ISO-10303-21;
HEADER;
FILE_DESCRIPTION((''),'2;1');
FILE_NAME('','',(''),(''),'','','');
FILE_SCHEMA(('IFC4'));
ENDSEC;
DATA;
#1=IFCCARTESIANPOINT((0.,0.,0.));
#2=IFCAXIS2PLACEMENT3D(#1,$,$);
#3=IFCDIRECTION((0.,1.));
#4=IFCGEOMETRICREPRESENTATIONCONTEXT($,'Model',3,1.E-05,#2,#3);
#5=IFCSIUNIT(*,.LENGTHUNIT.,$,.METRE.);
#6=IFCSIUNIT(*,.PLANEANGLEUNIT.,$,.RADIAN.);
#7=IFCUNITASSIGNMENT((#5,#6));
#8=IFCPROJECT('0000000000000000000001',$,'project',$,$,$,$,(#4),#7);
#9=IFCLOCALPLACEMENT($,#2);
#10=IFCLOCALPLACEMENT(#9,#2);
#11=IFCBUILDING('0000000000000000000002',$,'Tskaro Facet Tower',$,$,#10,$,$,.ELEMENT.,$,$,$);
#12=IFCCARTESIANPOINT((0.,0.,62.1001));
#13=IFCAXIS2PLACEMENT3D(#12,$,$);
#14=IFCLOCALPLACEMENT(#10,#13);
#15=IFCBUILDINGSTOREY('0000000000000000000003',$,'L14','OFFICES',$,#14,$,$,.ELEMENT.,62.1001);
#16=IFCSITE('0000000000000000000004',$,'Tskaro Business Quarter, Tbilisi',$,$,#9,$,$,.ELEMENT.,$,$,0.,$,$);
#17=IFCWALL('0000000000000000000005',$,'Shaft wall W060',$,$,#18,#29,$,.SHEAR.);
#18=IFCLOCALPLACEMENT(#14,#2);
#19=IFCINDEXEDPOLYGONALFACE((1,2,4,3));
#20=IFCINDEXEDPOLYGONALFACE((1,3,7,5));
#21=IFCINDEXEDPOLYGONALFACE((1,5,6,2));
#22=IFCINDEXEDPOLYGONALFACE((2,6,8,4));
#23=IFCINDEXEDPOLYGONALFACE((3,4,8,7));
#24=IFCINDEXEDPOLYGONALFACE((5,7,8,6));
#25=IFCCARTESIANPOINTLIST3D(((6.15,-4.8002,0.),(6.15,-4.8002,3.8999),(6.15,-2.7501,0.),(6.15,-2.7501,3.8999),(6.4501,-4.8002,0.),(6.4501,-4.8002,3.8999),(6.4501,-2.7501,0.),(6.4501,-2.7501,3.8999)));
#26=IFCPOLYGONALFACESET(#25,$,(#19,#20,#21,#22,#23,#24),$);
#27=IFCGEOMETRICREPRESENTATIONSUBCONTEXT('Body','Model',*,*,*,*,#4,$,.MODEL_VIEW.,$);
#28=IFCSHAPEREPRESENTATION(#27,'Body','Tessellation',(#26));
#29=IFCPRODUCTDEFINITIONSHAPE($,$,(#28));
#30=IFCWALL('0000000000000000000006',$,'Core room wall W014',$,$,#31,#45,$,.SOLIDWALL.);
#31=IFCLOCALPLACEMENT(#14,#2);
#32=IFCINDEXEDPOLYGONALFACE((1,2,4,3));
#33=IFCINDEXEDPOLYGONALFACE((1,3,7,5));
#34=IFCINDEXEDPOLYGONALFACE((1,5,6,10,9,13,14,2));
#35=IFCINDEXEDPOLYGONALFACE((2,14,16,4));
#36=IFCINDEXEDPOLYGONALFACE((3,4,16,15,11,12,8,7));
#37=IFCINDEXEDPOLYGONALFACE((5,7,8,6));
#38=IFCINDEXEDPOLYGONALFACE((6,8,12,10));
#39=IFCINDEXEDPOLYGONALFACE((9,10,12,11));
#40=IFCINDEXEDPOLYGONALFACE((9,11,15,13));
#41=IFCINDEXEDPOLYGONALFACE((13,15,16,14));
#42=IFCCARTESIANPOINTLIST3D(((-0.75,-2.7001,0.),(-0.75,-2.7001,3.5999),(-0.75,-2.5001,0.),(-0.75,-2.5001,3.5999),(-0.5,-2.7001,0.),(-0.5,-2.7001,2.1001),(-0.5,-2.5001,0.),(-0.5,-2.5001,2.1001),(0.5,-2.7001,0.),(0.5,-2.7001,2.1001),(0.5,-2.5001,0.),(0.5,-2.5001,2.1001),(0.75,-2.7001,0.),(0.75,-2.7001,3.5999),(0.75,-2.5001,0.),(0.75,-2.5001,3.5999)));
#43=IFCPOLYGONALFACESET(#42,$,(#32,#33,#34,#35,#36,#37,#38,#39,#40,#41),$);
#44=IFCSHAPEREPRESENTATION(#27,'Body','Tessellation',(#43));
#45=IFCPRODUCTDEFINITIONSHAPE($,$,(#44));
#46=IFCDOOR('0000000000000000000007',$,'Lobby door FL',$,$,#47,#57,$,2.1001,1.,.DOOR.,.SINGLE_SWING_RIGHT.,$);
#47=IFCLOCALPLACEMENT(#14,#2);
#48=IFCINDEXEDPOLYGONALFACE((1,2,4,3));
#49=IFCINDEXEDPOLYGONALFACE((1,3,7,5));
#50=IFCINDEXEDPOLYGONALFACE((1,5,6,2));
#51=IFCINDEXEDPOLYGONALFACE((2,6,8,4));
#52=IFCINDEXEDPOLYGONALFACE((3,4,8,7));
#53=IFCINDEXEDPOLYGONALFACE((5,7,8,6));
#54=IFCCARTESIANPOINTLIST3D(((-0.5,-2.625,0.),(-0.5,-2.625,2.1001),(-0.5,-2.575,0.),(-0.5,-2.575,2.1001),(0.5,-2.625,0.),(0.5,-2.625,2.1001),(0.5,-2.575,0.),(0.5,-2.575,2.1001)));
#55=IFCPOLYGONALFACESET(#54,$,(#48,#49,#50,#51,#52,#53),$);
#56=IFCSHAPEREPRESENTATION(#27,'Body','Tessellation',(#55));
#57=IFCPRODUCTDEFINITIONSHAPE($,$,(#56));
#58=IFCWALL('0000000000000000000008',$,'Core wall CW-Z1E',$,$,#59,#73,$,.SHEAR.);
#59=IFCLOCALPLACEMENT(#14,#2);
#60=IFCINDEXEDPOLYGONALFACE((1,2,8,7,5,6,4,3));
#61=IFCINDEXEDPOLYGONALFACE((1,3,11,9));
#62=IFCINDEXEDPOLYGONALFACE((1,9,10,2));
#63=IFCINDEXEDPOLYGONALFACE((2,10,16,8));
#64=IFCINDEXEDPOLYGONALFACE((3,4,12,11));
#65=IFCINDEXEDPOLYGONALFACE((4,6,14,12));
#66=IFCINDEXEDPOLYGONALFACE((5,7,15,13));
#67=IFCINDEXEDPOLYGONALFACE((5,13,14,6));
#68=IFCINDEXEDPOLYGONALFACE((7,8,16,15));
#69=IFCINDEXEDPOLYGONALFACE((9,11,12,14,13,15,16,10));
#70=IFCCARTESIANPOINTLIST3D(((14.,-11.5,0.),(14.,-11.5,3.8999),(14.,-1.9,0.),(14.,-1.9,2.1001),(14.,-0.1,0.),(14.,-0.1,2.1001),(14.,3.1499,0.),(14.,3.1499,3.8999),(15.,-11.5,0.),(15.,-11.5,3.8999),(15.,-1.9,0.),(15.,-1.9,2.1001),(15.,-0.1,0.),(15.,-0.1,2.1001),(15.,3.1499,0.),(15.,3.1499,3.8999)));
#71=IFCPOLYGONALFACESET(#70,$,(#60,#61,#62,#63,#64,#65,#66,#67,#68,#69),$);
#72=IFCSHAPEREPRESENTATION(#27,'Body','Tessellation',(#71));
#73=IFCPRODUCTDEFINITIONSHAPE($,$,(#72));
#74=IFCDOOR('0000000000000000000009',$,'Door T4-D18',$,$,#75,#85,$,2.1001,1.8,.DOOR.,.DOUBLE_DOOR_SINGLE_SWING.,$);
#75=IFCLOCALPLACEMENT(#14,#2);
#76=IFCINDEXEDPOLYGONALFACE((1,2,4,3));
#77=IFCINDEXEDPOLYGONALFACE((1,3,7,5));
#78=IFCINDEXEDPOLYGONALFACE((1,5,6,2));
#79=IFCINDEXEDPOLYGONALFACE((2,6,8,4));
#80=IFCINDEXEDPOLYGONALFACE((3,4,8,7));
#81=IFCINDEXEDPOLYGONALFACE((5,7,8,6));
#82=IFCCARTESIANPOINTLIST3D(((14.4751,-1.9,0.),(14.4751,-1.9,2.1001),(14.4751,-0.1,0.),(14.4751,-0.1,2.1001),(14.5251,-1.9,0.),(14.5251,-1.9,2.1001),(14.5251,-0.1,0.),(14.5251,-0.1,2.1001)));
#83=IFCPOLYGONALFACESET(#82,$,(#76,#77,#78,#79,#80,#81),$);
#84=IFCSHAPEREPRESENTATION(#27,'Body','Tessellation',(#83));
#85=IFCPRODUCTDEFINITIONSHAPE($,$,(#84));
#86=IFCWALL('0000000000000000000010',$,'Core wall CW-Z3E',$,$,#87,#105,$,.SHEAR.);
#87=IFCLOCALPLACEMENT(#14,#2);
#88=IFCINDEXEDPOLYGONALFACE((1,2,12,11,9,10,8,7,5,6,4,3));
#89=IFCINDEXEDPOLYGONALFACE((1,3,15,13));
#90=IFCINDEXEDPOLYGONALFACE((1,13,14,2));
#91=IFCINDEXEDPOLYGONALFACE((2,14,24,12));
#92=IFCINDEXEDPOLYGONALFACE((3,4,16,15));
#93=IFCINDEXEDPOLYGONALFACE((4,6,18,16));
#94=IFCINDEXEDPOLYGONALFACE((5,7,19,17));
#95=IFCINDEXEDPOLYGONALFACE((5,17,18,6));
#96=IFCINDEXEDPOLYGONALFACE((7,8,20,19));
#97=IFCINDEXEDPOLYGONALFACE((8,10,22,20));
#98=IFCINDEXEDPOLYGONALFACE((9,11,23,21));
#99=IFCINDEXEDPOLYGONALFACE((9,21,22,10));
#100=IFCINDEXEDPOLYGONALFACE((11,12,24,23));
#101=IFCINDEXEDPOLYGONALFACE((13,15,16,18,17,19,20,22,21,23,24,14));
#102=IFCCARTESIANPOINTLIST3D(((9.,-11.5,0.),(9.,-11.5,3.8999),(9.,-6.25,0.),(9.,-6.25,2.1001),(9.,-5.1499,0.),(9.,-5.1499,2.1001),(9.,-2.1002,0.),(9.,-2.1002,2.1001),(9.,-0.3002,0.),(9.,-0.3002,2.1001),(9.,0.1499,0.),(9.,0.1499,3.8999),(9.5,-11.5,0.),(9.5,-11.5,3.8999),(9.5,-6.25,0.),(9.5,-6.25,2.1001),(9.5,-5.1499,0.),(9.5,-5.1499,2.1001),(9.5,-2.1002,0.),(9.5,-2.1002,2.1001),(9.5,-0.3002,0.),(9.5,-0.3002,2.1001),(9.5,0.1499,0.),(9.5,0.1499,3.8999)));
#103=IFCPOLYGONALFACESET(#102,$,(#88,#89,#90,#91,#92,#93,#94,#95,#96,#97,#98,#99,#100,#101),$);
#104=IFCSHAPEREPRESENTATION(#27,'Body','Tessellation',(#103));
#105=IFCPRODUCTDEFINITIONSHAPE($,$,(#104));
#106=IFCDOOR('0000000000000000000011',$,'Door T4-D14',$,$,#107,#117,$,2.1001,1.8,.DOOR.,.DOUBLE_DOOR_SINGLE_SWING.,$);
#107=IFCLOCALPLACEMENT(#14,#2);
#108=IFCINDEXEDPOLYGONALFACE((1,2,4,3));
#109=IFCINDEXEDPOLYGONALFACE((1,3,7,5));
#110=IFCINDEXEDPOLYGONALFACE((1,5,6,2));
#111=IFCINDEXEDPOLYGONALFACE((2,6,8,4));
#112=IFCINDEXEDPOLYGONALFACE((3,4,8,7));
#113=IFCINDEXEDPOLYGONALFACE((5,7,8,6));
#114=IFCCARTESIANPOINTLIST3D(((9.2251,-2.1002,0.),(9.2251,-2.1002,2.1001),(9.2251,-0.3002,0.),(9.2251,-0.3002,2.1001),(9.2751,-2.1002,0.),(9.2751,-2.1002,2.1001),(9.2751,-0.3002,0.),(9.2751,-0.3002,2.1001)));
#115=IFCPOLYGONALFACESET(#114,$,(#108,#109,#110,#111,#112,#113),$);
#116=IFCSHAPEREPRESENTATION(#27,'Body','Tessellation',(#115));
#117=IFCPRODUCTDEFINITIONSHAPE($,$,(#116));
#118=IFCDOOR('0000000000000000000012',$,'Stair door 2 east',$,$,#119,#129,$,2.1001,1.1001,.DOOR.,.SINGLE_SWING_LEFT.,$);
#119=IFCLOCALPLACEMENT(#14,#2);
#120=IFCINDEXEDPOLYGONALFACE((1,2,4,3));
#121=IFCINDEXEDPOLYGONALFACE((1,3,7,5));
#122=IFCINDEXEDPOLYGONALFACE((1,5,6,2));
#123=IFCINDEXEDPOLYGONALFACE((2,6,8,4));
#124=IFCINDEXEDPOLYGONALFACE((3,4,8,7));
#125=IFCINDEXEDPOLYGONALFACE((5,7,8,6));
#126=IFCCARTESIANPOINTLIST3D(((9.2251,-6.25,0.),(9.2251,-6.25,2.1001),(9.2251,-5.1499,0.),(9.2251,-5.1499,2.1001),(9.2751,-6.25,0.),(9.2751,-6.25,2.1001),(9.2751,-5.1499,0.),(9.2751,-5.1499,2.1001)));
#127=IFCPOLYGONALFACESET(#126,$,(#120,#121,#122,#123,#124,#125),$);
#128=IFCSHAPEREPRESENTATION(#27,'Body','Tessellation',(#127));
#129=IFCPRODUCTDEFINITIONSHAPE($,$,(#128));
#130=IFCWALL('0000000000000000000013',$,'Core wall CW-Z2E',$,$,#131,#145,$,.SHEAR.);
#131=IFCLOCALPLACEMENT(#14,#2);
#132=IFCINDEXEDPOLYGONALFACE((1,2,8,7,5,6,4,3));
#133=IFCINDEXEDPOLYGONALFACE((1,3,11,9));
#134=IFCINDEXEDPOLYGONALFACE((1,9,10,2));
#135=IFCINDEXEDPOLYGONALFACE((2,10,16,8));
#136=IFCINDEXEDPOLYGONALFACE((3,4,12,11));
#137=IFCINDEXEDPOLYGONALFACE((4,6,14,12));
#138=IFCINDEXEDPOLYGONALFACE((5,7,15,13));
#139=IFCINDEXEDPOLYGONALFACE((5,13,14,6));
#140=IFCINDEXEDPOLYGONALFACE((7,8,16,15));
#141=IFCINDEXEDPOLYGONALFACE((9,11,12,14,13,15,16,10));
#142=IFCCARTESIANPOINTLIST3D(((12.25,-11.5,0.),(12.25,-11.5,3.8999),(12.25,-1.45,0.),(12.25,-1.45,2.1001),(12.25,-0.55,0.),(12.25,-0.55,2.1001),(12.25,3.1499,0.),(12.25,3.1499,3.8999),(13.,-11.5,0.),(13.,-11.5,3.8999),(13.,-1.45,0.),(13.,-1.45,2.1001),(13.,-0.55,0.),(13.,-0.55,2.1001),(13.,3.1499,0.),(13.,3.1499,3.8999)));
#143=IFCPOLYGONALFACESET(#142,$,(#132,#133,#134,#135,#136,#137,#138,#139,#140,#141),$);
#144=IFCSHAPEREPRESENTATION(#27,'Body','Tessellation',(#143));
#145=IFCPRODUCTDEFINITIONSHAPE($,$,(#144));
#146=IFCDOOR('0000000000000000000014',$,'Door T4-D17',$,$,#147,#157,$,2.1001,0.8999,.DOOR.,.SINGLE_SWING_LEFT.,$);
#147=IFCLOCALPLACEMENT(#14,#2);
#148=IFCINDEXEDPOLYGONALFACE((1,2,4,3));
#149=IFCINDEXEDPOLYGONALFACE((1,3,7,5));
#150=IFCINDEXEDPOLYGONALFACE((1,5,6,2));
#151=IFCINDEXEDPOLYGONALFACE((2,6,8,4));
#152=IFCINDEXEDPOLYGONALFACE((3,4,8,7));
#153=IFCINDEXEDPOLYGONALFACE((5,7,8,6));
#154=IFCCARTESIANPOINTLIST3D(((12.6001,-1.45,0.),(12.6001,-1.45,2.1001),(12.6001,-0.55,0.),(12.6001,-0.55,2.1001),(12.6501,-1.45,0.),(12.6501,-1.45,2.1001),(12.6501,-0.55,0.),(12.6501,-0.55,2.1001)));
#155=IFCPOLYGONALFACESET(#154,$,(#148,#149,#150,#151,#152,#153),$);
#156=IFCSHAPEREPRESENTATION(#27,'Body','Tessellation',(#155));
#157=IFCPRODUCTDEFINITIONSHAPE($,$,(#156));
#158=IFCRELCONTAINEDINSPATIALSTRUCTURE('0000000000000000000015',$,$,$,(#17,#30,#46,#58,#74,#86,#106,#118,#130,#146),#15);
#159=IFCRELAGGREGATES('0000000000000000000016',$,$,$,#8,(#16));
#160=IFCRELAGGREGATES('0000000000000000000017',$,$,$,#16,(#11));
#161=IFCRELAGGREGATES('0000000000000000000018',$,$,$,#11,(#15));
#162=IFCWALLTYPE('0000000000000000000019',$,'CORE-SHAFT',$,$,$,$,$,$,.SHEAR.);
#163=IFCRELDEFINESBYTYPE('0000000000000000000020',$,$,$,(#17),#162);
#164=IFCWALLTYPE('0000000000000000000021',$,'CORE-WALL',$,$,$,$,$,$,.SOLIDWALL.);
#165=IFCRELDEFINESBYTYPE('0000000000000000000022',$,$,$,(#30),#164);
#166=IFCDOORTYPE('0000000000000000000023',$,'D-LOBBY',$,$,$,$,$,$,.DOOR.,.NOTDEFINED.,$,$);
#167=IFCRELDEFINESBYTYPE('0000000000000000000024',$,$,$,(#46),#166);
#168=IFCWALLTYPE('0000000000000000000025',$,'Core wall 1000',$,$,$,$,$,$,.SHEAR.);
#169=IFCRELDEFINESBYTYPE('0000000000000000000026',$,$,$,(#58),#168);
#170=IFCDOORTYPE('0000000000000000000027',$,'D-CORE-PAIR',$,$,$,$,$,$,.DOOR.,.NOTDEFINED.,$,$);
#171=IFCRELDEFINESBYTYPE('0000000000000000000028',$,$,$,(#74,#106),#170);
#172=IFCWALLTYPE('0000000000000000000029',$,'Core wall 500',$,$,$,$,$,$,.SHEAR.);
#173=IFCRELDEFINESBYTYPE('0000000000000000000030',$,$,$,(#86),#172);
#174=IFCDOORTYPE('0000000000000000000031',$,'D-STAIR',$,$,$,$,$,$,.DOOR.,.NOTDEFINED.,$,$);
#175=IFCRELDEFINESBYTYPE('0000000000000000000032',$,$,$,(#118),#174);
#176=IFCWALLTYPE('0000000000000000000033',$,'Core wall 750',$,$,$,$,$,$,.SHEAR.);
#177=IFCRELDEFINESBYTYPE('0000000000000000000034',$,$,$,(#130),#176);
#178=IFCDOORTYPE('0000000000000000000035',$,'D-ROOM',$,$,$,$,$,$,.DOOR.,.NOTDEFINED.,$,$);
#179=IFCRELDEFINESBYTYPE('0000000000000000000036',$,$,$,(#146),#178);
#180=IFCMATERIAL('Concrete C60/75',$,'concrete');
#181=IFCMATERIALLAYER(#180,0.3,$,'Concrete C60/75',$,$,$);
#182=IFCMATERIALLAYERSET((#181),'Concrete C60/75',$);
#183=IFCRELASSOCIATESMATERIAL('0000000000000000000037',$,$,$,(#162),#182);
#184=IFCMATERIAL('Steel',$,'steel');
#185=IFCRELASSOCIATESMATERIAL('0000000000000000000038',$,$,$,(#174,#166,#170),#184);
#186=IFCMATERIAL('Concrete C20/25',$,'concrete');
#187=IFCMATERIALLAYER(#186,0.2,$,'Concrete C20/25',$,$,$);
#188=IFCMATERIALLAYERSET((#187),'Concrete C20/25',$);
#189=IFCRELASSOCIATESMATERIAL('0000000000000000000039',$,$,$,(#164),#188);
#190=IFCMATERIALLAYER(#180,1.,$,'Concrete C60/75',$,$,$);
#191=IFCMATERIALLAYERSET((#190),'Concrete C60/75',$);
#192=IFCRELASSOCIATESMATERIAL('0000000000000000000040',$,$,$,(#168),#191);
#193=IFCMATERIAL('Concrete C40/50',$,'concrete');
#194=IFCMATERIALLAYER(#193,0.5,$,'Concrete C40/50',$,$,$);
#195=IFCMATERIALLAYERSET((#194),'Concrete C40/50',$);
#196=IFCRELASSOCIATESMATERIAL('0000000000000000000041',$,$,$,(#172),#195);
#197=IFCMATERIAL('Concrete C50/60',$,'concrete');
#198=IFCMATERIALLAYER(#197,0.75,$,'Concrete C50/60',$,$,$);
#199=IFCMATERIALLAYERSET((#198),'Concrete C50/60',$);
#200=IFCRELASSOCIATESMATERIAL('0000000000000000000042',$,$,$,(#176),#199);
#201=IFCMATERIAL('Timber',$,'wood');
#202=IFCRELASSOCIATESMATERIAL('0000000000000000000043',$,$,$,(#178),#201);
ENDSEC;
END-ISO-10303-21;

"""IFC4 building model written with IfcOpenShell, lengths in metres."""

from ifc_helpers import new_model, si_unit, direction, frame, frame_2d, origin, place, context, subcontext, project, spatial, rectangle, extrude, material, layer, layer_set, type_object, element, fill, save


model = new_model("IFC4")

# Units and contexts
model_context = context("Model", 3, precision=1e-05, world=origin(), true_north=direction((0.0, 1.0)))
body_context = subcontext(model_context, "Body", "Model", "MODEL_VIEW")
ifc_project = project(units=[si_unit("LENGTHUNIT", "METRE"), si_unit("PLANEANGLEUNIT", "RADIAN")], contexts=[model_context])

# Site, building, storey
site_placement = place(None, origin())
site = spatial("IfcSite", under=ifc_project, at=site_placement, Name="Tskaro Business Quarter, Tbilisi", CompositionType="ELEMENT", RefElevation=0.0)
building_placement = place(site_placement, origin())
building = spatial("IfcBuilding", under=site, at=building_placement, Name="Tskaro Facet Tower", CompositionType="ELEMENT")
storey_placement = place(building_placement, frame((0.0, 0.0, 62.1001)))
storey = spatial("IfcBuildingStorey", under=building, at=storey_placement, Name="L14", Description="OFFICES", CompositionType="ELEMENT", Elevation=62.1001)

# Shared definitions
ifc_material_1 = material(Name="Concrete C60/75", Category="concrete")
ifc_layer_1 = layer(ifc_material_1, 0.3, Name="Concrete C60/75")
ifc_layer_set_1 = layer_set([ifc_layer_1], Name="Concrete C60/75")
wall_type_1 = type_object("IfcWallType", Name="CORE-SHAFT", PredefinedType="SHEAR", material=ifc_layer_set_1)

# Shared definitions
ifc_material_2 = material(Name="Steel", Category="steel")
door_type_1 = type_object("IfcDoorType", Name="D-STAIR", OperationType="NOTDEFINED", PredefinedType="DOOR", material=ifc_material_2)

# Wall
wall_1_placement = place(storey_placement, frame((6.3, -4.8, 0.0), z_axis=(0.0, 0.0, 1.0), x_axis=(0.0, 1.0, 0.0)))
element("IfcWall", 1, at=wall_1_placement, inside=storey, type_object=wall_type_1, Name="Shaft wall W060", PredefinedType="SHEAR", context=body_context, shape_type="SweptSolid", body=[
    extrude(rectangle(XDim=2.05, YDim=0.3, at=frame_2d((1.0249, 0.0))), origin(), (0.0, 0.0, 1.0), 3.8999),
])

# Walls, openings, doors
ifc_material_3 = material(Name="Concrete C20/25", Category="concrete")
ifc_layer_2 = layer(ifc_material_3, 0.2, Name="Concrete C20/25")
ifc_layer_set_2 = layer_set([ifc_layer_2], Name="Concrete C20/25")
wall_type_2 = type_object("IfcWallType", Name="CORE-WALL", PredefinedType="SOLIDWALL", material=ifc_layer_set_2)
wall_2_placement = place(storey_placement, frame((0.75, -2.6001, 0.0), z_axis=(0.0, 0.0, 1.0), x_axis=(-1.0, 0.0, 0.0)))
wall_2 = element("IfcWall", 2, at=wall_2_placement, inside=storey, type_object=wall_type_2, Name="Core room wall W014", PredefinedType="SOLIDWALL", context=body_context, shape_type="SweptSolid", body=[
    extrude(rectangle(XDim=1.5, YDim=0.2, at=frame_2d((0.75, 0.0))), origin(), (0.0, 0.0, 1.0), 3.5999),
])
opening_1_placement = place(wall_2_placement, frame((0.25, 0.0, 0.0)))
opening_1 = element("IfcOpeningElement", 3, at=opening_1_placement, cuts=wall_2, PredefinedType="OPENING", context=body_context, shape_type="SweptSolid", body=[
    extrude(rectangle(XDim=1.0, YDim=2.1001, at=frame_2d((0.5, 1.05))), frame((0.0, 0.1099, 0.0), z_axis=(0.0, -1.0, 0.0), x_axis=(1.0, 0.0, 0.0)), (0.0, 0.0, 1.0), 0.22),
])
door_type_2 = type_object("IfcDoorType", Name="D-LOBBY", OperationType="NOTDEFINED", PredefinedType="DOOR", material=ifc_material_2)
door_1_placement = place(opening_1_placement, origin())
door_1 = element("IfcDoor", 4, at=door_1_placement, inside=storey, type_object=door_type_2, Name="Lobby door FL", OperationType="SINGLE_SWING_RIGHT", OverallHeight=2.1001, OverallWidth=1.0, PredefinedType="DOOR", context=body_context, shape_type="SweptSolid", body=[
    extrude(rectangle(XDim=1.0, YDim=2.1001, at=frame_2d((0.5, 1.05))), frame((0.0, 0.0249, 0.0), z_axis=(0.0, -1.0, 0.0), x_axis=(1.0, 0.0, 0.0)), (0.0, 0.0, 1.0), 0.05),
])
fill(opening_1, door_1)
ifc_layer_3 = layer(ifc_material_1, 1.0, Name="Concrete C60/75")
ifc_layer_set_3 = layer_set([ifc_layer_3], Name="Concrete C60/75")
wall_type_3 = type_object("IfcWallType", Name="Core wall 1000", PredefinedType="SHEAR", material=ifc_layer_set_3)
wall_3_placement = place(storey_placement, frame((14.5, -11.5, 0.0), z_axis=(0.0, 0.0, 1.0), x_axis=(0.0, 1.0, 0.0)))
wall_3 = element("IfcWall", 5, at=wall_3_placement, inside=storey, type_object=wall_type_3, Name="Core wall CW-Z1E", PredefinedType="SHEAR", context=body_context, shape_type="SweptSolid", body=[
    extrude(rectangle(XDim=14.6499, YDim=1.0, at=frame_2d((7.325, 0.0))), origin(), (0.0, 0.0, 1.0), 3.8999),
])
opening_2_placement = place(wall_3_placement, frame((9.6001, 0.0, 0.0)))
opening_2 = element("IfcOpeningElement", 6, at=opening_2_placement, cuts=wall_3, PredefinedType="OPENING", context=body_context, shape_type="SweptSolid", body=[
    extrude(rectangle(XDim=1.8, YDim=2.1001, at=frame_2d((0.8999, 1.05))), frame((0.0, 0.51, 0.0), z_axis=(0.0, -1.0, 0.0), x_axis=(1.0, 0.0, 0.0)), (0.0, 0.0, 1.0), 1.02),
])
door_type_3 = type_object("IfcDoorType", Name="D-CORE-PAIR", OperationType="NOTDEFINED", PredefinedType="DOOR", material=ifc_material_2)
door_2_placement = place(opening_2_placement, origin())
door_2 = element("IfcDoor", 7, at=door_2_placement, inside=storey, type_object=door_type_3, Name="Door T4-D18", OperationType="DOUBLE_DOOR_SINGLE_SWING", OverallHeight=2.1001, OverallWidth=1.8, PredefinedType="DOOR", context=body_context, shape_type="SweptSolid", body=[
    extrude(rectangle(XDim=1.8, YDim=2.1001, at=frame_2d((0.8999, 1.05))), frame((0.0, 0.0249, 0.0), z_axis=(0.0, -1.0, 0.0), x_axis=(1.0, 0.0, 0.0)), (0.0, 0.0, 1.0), 0.05),
])
fill(opening_2, door_2)

# Wall, openings, doors
ifc_material_4 = material(Name="Concrete C40/50", Category="concrete")
ifc_layer_4 = layer(ifc_material_4, 0.5, Name="Concrete C40/50")
ifc_layer_set_4 = layer_set([ifc_layer_4], Name="Concrete C40/50")
wall_type_4 = type_object("IfcWallType", Name="Core wall 500", PredefinedType="SHEAR", material=ifc_layer_set_4)
wall_4_placement = place(storey_placement, frame((9.25, -11.5, 0.0), z_axis=(0.0, 0.0, 1.0), x_axis=(0.0, 1.0, 0.0)))
wall_4 = element("IfcWall", 8, at=wall_4_placement, inside=storey, type_object=wall_type_4, Name="Core wall CW-Z3E", PredefinedType="SHEAR", context=body_context, shape_type="SweptSolid", body=[
    extrude(rectangle(XDim=11.6499, YDim=0.5, at=frame_2d((5.825, 0.0))), origin(), (0.0, 0.0, 1.0), 3.8999),
])
opening_3_placement = place(wall_4_placement, frame((9.3999, 0.0, 0.0)))
opening_3 = element("IfcOpeningElement", 9, at=opening_3_placement, cuts=wall_4, PredefinedType="OPENING", context=body_context, shape_type="SweptSolid", body=[
    extrude(rectangle(XDim=1.8, YDim=2.1001, at=frame_2d((0.8999, 1.05))), frame((0.0, 0.26, 0.0), z_axis=(0.0, -1.0, 0.0), x_axis=(1.0, 0.0, 0.0)), (0.0, 0.0, 1.0), 0.52),
])
opening_4_placement = place(wall_4_placement, frame((5.25, 0.0, 0.0)))
opening_4 = element("IfcOpeningElement", 10, at=opening_4_placement, cuts=wall_4, PredefinedType="OPENING", context=body_context, shape_type="SweptSolid", body=[
    extrude(rectangle(XDim=1.1001, YDim=2.1001, at=frame_2d((0.55, 1.05))), frame((0.0, 0.26, 0.0), z_axis=(0.0, -1.0, 0.0), x_axis=(1.0, 0.0, 0.0)), (0.0, 0.0, 1.0), 0.52),
])
door_3_placement = place(opening_3_placement, origin())
door_3 = element("IfcDoor", 11, at=door_3_placement, inside=storey, type_object=door_type_3, Name="Door T4-D14", OperationType="DOUBLE_DOOR_SINGLE_SWING", OverallHeight=2.1001, OverallWidth=1.8, PredefinedType="DOOR", context=body_context, shape_type="SweptSolid", body=[
    extrude(rectangle(XDim=1.8, YDim=2.1001, at=frame_2d((0.8999, 1.05))), frame((0.0, 0.0249, 0.0), z_axis=(0.0, -1.0, 0.0), x_axis=(1.0, 0.0, 0.0)), (0.0, 0.0, 1.0), 0.05),
])
fill(opening_3, door_3)
door_4_placement = place(opening_4_placement, origin())
door_4 = element("IfcDoor", 12, at=door_4_placement, inside=storey, type_object=door_type_1, Name="Stair door 2 east", OperationType="SINGLE_SWING_LEFT", OverallHeight=2.1001, OverallWidth=1.1001, PredefinedType="DOOR", context=body_context, shape_type="SweptSolid", body=[
    extrude(rectangle(XDim=1.1001, YDim=2.1001, at=frame_2d((0.55, 1.05))), frame((0.0, 0.0249, 0.0), z_axis=(0.0, -1.0, 0.0), x_axis=(1.0, 0.0, 0.0)), (0.0, 0.0, 1.0), 0.05),
])
fill(opening_4, door_4)

# Wall, opening, door
ifc_material_5 = material(Name="Concrete C50/60", Category="concrete")
ifc_layer_5 = layer(ifc_material_5, 0.75, Name="Concrete C50/60")
ifc_layer_set_5 = layer_set([ifc_layer_5], Name="Concrete C50/60")
wall_type_5 = type_object("IfcWallType", Name="Core wall 750", PredefinedType="SHEAR", material=ifc_layer_set_5)
wall_5_placement = place(storey_placement, frame((12.625, -11.5, 0.0), z_axis=(0.0, 0.0, 1.0), x_axis=(0.0, 1.0, 0.0)))
wall_5 = element("IfcWall", 13, at=wall_5_placement, inside=storey, type_object=wall_type_5, Name="Core wall CW-Z2E", PredefinedType="SHEAR", context=body_context, shape_type="SweptSolid", body=[
    extrude(rectangle(XDim=14.6499, YDim=0.75, at=frame_2d((7.325, 0.0))), origin(), (0.0, 0.0, 1.0), 3.8999),
])
opening_5_placement = place(wall_5_placement, frame((10.05, 0.0, 0.0)))
opening_5 = element("IfcOpeningElement", 14, at=opening_5_placement, cuts=wall_5, PredefinedType="OPENING", context=body_context, shape_type="SweptSolid", body=[
    extrude(rectangle(XDim=0.8999, YDim=2.1001, at=frame_2d((0.45, 1.05))), frame((0.0, 0.385, 0.0), z_axis=(0.0, -1.0, 0.0), x_axis=(1.0, 0.0, 0.0)), (0.0, 0.0, 1.0), 0.77),
])
ifc_material_6 = material(Name="Timber", Category="wood")
door_type_4 = type_object("IfcDoorType", Name="D-ROOM", OperationType="NOTDEFINED", PredefinedType="DOOR", material=ifc_material_6)
door_5_placement = place(opening_5_placement, origin())
door_5 = element("IfcDoor", 15, at=door_5_placement, inside=storey, type_object=door_type_4, Name="Door T4-D17", OperationType="SINGLE_SWING_LEFT", OverallHeight=2.1001, OverallWidth=0.8999, PredefinedType="DOOR", context=body_context, shape_type="SweptSolid", body=[
    extrude(rectangle(XDim=0.8999, YDim=2.1001, at=frame_2d((0.45, 1.05))), frame((0.0, 0.0249, 0.0), z_axis=(0.0, -1.0, 0.0), x_axis=(1.0, 0.0, 0.0)), (0.0, 0.0, 1.0), 0.05),
])
fill(opening_5, door_5)

save(model, "model.ifc")
